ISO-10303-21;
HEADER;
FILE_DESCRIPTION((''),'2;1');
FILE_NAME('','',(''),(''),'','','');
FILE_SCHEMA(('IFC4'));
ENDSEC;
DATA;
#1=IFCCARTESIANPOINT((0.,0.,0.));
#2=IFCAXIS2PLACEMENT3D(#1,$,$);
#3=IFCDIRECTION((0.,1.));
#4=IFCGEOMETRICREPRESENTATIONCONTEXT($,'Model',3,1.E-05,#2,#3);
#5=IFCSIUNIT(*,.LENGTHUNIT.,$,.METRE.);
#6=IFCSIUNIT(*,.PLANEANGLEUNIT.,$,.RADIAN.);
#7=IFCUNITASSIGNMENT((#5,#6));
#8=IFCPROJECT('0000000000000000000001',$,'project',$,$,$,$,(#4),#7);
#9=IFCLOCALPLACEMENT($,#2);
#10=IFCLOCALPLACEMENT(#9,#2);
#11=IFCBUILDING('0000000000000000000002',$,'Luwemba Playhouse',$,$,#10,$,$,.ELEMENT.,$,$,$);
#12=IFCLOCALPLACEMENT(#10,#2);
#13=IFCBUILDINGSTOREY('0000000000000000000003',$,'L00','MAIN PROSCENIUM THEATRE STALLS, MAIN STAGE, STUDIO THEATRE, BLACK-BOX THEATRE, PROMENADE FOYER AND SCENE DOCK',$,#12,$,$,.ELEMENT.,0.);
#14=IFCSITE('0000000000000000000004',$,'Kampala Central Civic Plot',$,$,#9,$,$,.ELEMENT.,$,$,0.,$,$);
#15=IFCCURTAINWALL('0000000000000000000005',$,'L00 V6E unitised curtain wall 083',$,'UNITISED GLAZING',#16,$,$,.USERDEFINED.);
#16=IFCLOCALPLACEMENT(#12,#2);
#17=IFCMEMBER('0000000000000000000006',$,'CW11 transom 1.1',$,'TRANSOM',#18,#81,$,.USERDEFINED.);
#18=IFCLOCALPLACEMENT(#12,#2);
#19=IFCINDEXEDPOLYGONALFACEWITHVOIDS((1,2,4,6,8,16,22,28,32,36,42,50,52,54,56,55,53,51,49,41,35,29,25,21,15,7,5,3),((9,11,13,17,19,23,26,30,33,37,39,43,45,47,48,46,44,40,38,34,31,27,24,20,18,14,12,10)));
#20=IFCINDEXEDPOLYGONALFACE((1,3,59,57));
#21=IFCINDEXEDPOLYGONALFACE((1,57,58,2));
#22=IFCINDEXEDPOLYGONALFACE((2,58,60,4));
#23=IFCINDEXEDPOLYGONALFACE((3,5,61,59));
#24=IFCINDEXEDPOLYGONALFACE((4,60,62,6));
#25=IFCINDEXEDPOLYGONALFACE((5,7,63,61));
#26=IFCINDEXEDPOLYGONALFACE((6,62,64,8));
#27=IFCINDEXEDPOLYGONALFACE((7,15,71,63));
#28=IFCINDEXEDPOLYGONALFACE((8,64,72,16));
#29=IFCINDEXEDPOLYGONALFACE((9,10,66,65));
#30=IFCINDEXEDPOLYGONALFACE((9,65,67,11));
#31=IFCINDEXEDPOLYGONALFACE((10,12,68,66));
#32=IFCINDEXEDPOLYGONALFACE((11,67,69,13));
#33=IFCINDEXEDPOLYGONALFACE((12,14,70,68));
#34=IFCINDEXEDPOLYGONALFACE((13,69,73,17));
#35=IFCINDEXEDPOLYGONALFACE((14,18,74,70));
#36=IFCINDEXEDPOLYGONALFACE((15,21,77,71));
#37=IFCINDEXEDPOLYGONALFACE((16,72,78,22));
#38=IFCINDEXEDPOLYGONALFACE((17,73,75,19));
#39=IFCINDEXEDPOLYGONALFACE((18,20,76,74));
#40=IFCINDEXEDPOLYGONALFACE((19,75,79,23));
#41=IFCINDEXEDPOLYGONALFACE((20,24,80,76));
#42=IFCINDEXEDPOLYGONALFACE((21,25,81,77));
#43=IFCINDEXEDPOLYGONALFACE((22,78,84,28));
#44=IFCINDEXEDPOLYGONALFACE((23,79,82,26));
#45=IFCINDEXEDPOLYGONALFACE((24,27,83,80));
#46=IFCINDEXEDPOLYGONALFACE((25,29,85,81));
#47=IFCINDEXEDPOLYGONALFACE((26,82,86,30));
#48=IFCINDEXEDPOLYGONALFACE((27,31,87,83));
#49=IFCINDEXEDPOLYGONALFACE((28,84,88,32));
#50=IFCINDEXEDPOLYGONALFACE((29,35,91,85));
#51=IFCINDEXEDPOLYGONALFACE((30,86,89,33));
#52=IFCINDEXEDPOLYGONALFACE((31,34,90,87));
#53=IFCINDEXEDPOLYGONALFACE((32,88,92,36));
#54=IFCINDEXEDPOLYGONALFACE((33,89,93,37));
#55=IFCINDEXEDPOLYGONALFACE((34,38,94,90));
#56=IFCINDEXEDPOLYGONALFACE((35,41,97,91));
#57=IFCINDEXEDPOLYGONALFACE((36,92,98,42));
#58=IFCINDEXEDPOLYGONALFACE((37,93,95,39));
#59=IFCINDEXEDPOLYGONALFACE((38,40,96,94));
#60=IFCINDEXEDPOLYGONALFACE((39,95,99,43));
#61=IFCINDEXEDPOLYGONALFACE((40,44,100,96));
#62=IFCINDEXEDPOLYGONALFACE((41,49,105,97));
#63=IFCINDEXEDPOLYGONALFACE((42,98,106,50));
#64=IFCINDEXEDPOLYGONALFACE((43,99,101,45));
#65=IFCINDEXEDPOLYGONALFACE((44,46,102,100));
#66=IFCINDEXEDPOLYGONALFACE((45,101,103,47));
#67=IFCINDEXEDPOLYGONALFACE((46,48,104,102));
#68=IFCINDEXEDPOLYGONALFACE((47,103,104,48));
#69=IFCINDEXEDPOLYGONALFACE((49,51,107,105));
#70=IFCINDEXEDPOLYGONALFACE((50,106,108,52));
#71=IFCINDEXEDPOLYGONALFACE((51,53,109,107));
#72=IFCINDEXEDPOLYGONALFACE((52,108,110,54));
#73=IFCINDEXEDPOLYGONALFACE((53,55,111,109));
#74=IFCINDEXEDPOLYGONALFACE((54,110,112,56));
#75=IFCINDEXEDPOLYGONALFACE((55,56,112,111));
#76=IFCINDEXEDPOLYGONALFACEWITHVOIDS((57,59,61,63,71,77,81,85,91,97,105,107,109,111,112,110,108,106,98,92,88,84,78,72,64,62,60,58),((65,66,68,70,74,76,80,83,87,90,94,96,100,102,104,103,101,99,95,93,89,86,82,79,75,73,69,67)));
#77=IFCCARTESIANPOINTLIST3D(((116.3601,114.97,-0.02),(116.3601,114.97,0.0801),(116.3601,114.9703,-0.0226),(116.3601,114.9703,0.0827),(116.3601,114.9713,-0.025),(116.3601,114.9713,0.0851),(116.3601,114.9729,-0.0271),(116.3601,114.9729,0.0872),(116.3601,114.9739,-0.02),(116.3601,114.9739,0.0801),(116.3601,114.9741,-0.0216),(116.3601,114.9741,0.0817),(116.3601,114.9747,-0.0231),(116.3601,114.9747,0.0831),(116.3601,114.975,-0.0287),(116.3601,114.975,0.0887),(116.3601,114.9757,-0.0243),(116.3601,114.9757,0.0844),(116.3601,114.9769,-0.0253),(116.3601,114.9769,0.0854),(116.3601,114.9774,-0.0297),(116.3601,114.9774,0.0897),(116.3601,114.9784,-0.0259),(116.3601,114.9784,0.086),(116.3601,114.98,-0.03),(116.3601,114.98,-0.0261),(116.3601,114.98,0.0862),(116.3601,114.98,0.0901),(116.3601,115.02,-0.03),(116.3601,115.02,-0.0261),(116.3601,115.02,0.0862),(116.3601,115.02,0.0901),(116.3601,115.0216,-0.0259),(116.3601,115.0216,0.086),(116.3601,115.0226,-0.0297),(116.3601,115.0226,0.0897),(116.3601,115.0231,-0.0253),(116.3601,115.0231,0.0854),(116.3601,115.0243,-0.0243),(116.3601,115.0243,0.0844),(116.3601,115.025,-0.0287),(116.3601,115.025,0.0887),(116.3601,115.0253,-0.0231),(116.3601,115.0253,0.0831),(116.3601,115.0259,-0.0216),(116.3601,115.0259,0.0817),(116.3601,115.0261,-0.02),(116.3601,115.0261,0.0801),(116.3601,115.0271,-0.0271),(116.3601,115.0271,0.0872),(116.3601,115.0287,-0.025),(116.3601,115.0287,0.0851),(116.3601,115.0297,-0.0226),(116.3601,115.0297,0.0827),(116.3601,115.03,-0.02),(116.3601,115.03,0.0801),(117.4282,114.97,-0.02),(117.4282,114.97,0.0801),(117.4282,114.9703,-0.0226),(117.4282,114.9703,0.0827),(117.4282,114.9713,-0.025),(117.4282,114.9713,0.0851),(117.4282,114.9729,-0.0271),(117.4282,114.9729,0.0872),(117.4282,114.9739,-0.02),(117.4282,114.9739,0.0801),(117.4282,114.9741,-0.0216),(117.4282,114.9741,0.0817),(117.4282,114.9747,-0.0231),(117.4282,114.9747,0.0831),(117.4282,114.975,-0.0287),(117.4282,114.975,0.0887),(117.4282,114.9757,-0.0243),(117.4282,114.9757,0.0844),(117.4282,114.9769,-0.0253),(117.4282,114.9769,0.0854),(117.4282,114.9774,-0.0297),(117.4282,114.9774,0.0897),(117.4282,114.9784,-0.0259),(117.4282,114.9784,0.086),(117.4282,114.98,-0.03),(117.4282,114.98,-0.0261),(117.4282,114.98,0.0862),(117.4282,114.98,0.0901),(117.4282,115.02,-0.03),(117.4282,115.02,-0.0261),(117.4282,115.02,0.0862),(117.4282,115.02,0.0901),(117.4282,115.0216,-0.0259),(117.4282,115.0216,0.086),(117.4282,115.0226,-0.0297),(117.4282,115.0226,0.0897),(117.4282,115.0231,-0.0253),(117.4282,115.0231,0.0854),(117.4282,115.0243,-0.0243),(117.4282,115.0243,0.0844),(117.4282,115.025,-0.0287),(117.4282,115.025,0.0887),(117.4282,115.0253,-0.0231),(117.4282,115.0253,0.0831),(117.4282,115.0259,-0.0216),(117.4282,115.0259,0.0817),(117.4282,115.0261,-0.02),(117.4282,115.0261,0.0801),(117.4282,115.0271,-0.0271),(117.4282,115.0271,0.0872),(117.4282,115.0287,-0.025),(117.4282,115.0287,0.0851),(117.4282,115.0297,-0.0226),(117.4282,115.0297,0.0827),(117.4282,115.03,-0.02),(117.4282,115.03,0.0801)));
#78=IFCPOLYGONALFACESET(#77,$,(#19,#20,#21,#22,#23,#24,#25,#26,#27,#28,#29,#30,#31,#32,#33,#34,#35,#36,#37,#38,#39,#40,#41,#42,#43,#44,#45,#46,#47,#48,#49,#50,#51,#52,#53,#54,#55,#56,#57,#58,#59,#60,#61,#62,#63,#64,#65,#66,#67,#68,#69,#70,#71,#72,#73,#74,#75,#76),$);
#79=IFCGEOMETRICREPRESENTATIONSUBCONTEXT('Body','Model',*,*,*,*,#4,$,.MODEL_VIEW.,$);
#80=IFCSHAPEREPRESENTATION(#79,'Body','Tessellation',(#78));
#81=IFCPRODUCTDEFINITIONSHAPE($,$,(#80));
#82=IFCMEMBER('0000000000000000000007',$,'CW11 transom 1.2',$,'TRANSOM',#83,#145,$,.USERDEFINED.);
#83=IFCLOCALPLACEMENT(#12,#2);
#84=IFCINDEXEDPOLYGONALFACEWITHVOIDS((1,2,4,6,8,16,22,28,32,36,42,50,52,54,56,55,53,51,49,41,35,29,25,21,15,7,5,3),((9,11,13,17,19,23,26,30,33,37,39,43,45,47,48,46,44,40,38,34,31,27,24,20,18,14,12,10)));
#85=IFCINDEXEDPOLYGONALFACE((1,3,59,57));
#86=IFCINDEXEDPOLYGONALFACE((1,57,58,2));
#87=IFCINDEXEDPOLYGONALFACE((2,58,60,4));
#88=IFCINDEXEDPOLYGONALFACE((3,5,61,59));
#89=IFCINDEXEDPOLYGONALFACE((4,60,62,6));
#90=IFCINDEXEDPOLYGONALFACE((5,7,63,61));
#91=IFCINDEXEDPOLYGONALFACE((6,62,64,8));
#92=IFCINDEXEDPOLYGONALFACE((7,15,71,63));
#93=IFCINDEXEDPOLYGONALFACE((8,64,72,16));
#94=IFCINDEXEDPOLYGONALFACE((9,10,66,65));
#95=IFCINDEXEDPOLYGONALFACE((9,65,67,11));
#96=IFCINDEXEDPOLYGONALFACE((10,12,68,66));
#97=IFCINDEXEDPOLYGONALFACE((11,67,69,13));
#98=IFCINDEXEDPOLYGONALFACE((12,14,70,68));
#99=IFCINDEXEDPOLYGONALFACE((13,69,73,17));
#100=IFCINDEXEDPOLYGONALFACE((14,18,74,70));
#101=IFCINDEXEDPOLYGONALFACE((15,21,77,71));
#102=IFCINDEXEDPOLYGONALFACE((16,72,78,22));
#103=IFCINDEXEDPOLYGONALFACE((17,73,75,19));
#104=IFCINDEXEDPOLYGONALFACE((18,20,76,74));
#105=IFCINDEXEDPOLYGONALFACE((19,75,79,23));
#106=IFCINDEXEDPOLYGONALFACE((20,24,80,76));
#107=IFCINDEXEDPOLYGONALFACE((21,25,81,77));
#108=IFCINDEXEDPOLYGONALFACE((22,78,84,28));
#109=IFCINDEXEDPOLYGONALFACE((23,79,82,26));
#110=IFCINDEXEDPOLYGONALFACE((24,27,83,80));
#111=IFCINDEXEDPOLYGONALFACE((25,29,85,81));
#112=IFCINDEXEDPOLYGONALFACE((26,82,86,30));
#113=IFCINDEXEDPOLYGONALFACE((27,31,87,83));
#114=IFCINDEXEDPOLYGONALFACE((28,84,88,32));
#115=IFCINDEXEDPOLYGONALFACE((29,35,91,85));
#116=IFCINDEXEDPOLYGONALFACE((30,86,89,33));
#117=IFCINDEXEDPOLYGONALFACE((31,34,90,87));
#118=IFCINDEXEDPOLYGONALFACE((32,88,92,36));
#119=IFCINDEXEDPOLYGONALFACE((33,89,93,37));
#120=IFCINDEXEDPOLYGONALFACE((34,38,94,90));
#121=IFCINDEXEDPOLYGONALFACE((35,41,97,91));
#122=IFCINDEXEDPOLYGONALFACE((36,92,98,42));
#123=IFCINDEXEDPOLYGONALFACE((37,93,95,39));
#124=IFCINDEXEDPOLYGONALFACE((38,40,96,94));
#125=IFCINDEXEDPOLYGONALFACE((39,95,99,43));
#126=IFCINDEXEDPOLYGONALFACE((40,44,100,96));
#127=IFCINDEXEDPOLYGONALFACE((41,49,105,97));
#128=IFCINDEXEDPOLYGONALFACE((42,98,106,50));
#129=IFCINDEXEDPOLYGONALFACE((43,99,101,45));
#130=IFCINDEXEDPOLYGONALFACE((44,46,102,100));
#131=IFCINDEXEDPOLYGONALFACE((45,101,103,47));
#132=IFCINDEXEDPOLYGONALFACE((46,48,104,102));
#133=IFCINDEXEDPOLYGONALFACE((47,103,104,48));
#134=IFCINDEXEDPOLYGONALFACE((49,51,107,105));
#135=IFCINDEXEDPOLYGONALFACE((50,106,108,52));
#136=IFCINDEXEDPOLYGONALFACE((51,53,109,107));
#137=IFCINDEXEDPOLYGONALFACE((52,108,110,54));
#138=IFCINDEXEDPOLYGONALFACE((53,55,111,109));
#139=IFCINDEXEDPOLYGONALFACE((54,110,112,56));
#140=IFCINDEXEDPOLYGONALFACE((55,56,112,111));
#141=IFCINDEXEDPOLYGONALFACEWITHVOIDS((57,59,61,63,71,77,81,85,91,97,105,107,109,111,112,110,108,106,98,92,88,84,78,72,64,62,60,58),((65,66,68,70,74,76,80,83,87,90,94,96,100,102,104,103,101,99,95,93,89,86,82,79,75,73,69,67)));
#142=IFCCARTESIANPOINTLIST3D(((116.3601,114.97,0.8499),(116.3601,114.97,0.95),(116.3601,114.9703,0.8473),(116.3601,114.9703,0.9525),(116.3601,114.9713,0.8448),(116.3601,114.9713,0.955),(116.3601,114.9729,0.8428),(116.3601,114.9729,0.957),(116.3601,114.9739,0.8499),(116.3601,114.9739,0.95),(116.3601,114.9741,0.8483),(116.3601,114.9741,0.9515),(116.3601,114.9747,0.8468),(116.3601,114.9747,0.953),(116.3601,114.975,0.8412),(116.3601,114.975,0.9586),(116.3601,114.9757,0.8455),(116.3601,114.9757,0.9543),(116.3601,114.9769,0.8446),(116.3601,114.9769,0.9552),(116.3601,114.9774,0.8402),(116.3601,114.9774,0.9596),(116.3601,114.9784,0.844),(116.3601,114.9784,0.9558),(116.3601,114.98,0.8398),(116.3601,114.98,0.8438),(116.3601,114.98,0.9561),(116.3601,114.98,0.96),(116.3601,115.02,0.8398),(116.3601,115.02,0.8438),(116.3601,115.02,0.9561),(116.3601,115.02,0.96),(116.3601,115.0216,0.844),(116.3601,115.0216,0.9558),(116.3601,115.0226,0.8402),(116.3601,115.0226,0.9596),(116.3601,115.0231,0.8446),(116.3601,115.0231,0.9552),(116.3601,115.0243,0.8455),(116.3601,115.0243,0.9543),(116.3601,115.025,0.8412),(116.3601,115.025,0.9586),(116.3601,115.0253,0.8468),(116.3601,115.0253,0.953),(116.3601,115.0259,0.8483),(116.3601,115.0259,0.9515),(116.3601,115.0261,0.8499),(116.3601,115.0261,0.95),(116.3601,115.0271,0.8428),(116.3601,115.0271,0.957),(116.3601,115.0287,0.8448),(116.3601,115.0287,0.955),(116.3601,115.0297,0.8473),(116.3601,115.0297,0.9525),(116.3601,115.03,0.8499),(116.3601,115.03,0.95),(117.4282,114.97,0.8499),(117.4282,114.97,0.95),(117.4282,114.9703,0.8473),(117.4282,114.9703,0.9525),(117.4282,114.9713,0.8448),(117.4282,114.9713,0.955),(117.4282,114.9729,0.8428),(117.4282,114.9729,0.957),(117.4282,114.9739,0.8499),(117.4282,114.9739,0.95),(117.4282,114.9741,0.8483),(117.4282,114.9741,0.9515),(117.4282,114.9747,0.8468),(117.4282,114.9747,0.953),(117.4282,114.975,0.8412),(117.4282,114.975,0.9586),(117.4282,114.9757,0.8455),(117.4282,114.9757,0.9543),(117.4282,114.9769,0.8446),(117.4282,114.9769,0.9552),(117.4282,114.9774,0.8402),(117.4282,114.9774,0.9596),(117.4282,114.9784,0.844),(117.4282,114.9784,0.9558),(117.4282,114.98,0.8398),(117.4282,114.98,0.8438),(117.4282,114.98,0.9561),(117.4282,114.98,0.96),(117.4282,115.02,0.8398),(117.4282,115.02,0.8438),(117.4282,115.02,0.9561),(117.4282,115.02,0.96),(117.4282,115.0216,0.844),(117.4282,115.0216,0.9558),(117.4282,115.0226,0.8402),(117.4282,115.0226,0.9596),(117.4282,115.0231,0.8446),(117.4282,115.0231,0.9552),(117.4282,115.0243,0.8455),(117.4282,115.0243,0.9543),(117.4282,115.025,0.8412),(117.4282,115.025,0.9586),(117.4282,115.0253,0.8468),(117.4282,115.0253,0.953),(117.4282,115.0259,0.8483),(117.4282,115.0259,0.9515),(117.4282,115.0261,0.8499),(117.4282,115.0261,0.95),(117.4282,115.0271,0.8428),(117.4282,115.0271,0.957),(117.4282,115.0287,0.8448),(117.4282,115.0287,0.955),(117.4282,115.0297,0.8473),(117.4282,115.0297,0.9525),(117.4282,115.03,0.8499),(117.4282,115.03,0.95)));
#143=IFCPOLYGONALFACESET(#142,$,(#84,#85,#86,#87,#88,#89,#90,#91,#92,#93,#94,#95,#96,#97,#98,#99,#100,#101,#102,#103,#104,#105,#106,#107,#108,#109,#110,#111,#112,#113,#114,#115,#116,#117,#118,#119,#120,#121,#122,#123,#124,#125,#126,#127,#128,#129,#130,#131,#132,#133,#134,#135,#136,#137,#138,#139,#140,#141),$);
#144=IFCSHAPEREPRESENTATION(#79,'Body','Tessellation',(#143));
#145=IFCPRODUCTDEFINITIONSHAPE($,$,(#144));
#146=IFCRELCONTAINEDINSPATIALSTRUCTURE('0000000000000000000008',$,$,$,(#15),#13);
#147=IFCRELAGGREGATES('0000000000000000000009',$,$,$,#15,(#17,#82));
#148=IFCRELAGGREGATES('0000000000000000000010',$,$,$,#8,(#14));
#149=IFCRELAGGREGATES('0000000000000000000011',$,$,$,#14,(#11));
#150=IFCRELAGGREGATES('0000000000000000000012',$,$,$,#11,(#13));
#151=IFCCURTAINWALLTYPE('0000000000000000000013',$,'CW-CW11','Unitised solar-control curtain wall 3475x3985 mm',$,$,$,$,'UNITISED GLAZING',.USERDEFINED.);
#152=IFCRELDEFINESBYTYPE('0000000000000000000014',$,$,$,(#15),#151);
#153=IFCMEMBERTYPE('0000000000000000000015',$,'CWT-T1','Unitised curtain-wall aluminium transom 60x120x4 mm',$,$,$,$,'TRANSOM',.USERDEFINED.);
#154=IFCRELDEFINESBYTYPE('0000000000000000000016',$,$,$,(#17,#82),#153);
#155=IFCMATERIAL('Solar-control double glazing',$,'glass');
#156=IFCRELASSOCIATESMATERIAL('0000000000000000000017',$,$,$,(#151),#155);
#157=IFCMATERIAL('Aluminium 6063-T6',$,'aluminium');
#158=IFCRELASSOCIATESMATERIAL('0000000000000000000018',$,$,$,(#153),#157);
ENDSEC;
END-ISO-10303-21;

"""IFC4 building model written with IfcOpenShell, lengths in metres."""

from ifc_helpers import new_model, si_unit, direction, frame, origin, origin_2d, place, context, subcontext, project, spatial, hollow_rectangle, extrude, material, material_profile, profile_set, type_object, element, aggregate, save


model = new_model("IFC4")

# Units and contexts
model_context = context("Model", 3, precision=1e-05, world=origin(), true_north=direction((0.0, 1.0)))
body_context = subcontext(model_context, "Body", "Model", "MODEL_VIEW")
ifc_project = project(units=[si_unit("LENGTHUNIT", "METRE"), si_unit("PLANEANGLEUNIT", "RADIAN")], contexts=[model_context])

# Site, building, storey
site_placement = place(None, origin())
site = spatial("IfcSite", under=ifc_project, at=site_placement, Name="Kampala Central Civic Plot", CompositionType="ELEMENT", RefElevation=0.0)
building_placement = place(site_placement, origin())
building = spatial("IfcBuilding", under=site, at=building_placement, Name="Luwemba Playhouse", CompositionType="ELEMENT")
storey_placement = place(building_placement, origin())
storey = spatial("IfcBuildingStorey", under=building, at=storey_placement, Name="L00", Description="MAIN PROSCENIUM THEATRE STALLS, MAIN STAGE, STUDIO THEATRE, BLACK-BOX THEATRE, PROMENADE FOYER AND SCENE DOCK", CompositionType="ELEMENT", Elevation=0.0)

# Curtain wall, members
ifc_material_1 = material(Name="Solar-control double glazing", Category="glass")
curtain_wall_type = type_object("IfcCurtainWallType", Name="CW-CW11", Description="Unitised solar-control curtain wall 3475x3985 mm", ElementType="UNITISED GLAZING", PredefinedType="USERDEFINED", material=ifc_material_1)
curtain_wall_placement = place(storey_placement, origin())
curtain_wall = element("IfcCurtainWall", 1, at=curtain_wall_placement, inside=storey, type_object=curtain_wall_type, Name="L00 V6E unitised curtain wall 083", ObjectType="UNITISED GLAZING", PredefinedType="USERDEFINED")
ifc_material_2 = material(Name="Aluminium 6063-T6", Category="aluminium")
ifc_material_profile_1 = material_profile(ifc_material_2, hollow_rectangle(XDim=0.0601, YDim=0.1201, WallThickness=0.0039, InnerFilletRadius=0.0061, OuterFilletRadius=0.01, at=origin_2d()))
ifc_profile_set_1 = profile_set([ifc_material_profile_1], Name="Aluminium 6063-T6")
member_type_1 = type_object("IfcMemberType", Name="CWT-T1", Description="Unitised curtain-wall aluminium transom 60x120x4 mm", ElementType="TRANSOM", PredefinedType="USERDEFINED", material=ifc_profile_set_1)
member_1_placement = place(storey_placement, frame((116.3601, 115.0, 0.03), z_axis=(1.0, 0.0, 0.0), x_axis=(0.0, 1.0, 0.0)))
member_1 = element("IfcMember", 2, at=member_1_placement, type_object=member_type_1, Name="CW11 transom 1.1", ObjectType="TRANSOM", PredefinedType="USERDEFINED", context=body_context, shape_type="SweptSolid", body=[
    extrude(hollow_rectangle(XDim=0.0601, YDim=0.1201, WallThickness=0.0039, InnerFilletRadius=0.0061, OuterFilletRadius=0.01, at=origin_2d()), origin(), (0.0, 0.0, 1.0), 1.0681),
])
member_2_placement = place(storey_placement, frame((116.3601, 115.0, 0.8999), z_axis=(1.0, 0.0, 0.0), x_axis=(0.0, 1.0, 0.0)))
member_2 = element("IfcMember", 3, at=member_2_placement, type_object=member_type_1, Name="CW11 transom 1.2", ObjectType="TRANSOM", PredefinedType="USERDEFINED", context=body_context, shape_type="SweptSolid", body=[
    extrude(hollow_rectangle(XDim=0.0601, YDim=0.1201, WallThickness=0.0039, InnerFilletRadius=0.0061, OuterFilletRadius=0.01, at=origin_2d()), origin(), (0.0, 0.0, 1.0), 1.0681),
])
aggregate(curtain_wall, [member_1, member_2])

save(model, "model.ifc")
